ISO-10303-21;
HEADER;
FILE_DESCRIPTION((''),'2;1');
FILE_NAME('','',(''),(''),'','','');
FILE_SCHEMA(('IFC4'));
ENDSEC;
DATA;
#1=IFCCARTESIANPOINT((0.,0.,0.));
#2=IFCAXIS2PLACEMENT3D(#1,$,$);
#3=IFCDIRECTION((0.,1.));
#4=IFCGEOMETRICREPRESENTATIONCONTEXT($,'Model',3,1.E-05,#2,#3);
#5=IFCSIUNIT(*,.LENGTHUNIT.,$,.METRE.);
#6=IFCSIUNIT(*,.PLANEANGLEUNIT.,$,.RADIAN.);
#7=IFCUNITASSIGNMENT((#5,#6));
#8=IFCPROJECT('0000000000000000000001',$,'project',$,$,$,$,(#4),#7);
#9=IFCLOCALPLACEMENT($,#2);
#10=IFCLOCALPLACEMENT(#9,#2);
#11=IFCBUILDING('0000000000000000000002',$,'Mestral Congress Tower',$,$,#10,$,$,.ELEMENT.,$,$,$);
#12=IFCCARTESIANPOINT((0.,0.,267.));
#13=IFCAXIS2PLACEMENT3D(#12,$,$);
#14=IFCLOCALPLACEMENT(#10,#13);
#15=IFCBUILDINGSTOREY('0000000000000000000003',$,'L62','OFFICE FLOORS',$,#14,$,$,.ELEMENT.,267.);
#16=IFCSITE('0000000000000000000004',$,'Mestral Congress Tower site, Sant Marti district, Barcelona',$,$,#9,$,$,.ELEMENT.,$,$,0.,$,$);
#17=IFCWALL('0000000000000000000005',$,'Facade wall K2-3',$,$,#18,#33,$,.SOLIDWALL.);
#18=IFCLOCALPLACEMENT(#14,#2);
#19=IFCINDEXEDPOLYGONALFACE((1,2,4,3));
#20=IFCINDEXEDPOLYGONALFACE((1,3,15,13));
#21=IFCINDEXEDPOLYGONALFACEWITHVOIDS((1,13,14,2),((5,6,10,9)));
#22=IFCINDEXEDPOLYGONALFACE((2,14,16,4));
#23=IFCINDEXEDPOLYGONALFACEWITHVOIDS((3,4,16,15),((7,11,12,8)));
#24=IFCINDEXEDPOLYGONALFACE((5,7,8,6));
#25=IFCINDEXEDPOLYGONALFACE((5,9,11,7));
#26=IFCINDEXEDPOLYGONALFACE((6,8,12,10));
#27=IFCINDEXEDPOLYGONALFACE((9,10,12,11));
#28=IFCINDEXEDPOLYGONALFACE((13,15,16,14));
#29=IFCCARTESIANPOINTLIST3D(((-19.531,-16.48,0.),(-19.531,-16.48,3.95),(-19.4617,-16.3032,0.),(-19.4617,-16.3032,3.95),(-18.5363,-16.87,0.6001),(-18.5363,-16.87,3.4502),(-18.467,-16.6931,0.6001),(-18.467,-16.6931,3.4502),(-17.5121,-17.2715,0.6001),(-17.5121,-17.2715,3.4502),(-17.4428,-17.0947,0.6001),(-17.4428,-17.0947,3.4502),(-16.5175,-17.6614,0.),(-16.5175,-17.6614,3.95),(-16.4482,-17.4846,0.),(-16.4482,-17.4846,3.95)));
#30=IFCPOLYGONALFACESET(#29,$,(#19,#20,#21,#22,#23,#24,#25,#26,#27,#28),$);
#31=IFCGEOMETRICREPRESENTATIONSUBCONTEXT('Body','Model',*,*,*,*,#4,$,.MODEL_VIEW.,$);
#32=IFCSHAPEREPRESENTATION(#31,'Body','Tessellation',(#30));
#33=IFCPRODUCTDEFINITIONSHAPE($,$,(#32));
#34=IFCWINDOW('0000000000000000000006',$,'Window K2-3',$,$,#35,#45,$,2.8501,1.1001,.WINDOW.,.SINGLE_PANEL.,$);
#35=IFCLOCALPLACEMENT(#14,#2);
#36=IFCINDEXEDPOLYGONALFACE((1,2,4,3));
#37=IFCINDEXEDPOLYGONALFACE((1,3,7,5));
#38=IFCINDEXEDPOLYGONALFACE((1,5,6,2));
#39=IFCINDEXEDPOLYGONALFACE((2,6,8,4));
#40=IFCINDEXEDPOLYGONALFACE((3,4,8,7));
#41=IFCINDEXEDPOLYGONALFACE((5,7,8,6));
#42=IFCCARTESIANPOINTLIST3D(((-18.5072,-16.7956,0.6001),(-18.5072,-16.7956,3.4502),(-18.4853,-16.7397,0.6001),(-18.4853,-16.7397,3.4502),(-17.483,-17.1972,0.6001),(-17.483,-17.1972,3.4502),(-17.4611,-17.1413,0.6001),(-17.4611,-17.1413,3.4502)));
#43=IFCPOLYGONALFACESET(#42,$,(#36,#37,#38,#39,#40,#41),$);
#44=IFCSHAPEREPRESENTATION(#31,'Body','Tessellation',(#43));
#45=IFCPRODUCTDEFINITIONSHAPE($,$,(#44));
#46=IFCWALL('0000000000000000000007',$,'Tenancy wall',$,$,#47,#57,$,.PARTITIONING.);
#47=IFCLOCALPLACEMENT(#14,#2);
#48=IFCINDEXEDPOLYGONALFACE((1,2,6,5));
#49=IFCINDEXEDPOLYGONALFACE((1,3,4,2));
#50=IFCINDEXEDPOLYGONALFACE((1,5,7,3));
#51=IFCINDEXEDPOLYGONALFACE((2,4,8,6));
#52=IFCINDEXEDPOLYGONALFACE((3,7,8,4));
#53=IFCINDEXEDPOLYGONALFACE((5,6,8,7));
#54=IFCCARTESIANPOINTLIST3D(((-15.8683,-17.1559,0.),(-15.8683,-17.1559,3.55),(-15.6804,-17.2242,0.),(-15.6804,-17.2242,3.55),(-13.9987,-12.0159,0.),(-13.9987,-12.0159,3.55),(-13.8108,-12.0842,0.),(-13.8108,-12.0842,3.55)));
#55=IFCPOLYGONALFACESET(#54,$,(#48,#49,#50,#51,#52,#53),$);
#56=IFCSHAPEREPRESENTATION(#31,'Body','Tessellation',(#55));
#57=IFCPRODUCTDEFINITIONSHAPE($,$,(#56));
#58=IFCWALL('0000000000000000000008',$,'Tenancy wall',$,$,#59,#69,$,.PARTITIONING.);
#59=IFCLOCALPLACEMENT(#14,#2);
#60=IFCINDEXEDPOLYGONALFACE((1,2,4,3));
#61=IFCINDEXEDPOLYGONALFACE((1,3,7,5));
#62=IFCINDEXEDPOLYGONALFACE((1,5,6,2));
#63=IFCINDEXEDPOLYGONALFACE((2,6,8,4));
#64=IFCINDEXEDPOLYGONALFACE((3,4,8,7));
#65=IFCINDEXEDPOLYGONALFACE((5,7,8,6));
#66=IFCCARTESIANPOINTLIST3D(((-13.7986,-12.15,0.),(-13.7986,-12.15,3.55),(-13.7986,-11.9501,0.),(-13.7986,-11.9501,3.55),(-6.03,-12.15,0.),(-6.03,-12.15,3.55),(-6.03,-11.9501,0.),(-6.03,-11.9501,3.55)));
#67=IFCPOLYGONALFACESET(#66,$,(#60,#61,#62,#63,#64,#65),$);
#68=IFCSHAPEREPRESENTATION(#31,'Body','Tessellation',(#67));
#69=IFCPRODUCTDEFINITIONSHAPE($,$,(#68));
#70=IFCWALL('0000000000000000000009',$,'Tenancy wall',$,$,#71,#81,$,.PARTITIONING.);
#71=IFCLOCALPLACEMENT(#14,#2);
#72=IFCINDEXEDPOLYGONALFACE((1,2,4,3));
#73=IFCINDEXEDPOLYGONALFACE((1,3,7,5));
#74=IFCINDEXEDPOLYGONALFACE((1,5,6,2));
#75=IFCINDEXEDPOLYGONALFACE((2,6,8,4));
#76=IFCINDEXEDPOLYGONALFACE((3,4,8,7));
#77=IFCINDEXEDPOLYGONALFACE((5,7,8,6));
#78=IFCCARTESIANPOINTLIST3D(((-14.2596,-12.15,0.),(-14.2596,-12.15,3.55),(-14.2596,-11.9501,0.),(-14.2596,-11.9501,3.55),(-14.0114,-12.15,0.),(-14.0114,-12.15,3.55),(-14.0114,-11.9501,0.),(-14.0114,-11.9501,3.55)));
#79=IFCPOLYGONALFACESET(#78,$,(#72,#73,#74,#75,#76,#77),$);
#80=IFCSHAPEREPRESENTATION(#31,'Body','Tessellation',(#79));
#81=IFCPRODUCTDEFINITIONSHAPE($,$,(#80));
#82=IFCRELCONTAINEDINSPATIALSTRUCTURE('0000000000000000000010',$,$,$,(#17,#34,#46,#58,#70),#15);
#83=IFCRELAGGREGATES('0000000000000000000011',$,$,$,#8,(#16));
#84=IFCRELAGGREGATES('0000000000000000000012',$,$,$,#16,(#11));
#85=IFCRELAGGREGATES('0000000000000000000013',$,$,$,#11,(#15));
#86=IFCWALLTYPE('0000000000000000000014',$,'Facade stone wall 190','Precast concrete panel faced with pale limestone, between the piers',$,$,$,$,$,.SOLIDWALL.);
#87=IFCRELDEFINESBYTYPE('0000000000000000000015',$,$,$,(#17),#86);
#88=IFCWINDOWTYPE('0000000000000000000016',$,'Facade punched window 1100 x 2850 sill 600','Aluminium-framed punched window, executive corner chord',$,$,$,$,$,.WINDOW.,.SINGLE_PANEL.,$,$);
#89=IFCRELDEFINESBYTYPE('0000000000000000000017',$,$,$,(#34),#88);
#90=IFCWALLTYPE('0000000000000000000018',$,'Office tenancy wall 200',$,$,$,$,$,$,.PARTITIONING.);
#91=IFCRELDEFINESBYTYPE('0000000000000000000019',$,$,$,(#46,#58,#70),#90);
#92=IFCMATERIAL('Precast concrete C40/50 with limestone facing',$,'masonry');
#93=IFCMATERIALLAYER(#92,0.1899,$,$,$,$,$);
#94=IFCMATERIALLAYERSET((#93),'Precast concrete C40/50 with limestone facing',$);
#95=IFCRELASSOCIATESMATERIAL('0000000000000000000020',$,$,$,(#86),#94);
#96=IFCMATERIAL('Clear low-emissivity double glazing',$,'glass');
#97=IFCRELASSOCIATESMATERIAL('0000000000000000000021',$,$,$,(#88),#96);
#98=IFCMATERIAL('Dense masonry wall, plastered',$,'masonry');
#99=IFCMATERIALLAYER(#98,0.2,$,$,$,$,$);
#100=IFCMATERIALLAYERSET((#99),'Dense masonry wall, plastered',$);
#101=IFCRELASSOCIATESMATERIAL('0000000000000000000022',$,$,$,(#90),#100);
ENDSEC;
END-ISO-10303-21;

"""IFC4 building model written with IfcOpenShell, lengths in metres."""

from ifc_helpers import new_model, si_unit, direction, frame, frame_2d, origin, place, context, subcontext, project, spatial, rectangle, extrude, material, layer, layer_set, type_object, element, fill, save


model = new_model("IFC4")

# Units and contexts
model_context = context("Model", 3, precision=1e-05, world=origin(), true_north=direction((0.0, 1.0)))
body_context = subcontext(model_context, "Body", "Model", "MODEL_VIEW")
ifc_project = project(units=[si_unit("LENGTHUNIT", "METRE"), si_unit("PLANEANGLEUNIT", "RADIAN")], contexts=[model_context])

# Site, building, storey
site_placement = place(None, origin())
site = spatial("IfcSite", under=ifc_project, at=site_placement, Name="Mestral Congress Tower site, Sant Marti district, Barcelona", CompositionType="ELEMENT", RefElevation=0.0)
building_placement = place(site_placement, origin())
building = spatial("IfcBuilding", under=site, at=building_placement, Name="Mestral Congress Tower", CompositionType="ELEMENT")
storey_placement = place(building_placement, frame((0.0, 0.0, 267.0)))
storey = spatial("IfcBuildingStorey", under=building, at=storey_placement, Name="L62", Description="OFFICE FLOORS", CompositionType="ELEMENT", Elevation=267.0)

# Shared definitions
ifc_material_1 = material(Name="Precast concrete C40/50 with limestone facing", Category="masonry")
ifc_layer_1 = layer(ifc_material_1, 0.1899)
ifc_layer_set_1 = layer_set([ifc_layer_1], Name="Precast concrete C40/50 with limestone facing")
wall_type_1 = type_object("IfcWallType", Name="Facade stone wall 190", Description="Precast concrete panel faced with pale limestone, between the piers", PredefinedType="SOLIDWALL", material=ifc_layer_set_1)
ifc_material_2 = material(Name="Clear low-emissivity double glazing", Category="glass")

# Wall, opening, window
window_type_1 = type_object("IfcWindowType", Name="Facade punched window 1100 x 2850 sill 600", Description="Aluminium-framed punched window, executive corner chord", PartitioningType="SINGLE_PANEL", PredefinedType="WINDOW", material=ifc_material_2)
wall_1_placement = place(storey_placement, frame((-19.4963, -16.3916, 0.0), z_axis=(0.0, 0.0, 1.0), x_axis=(0.931009, -0.364997, 0.0)))
wall_1 = element("IfcWall", 1, at=wall_1_placement, inside=storey, type_object=wall_type_1, Name="Facade wall K2-3", PredefinedType="SOLIDWALL", context=body_context, shape_type="SweptSolid", body=[
    extrude(rectangle(XDim=3.2368, YDim=0.1899, at=frame_2d((1.6184, 0.0))), origin(), (0.0, 0.0, 1.0), 3.95),
])
opening_1_placement = place(wall_1_placement, frame((1.0684, 0.0, 0.6001)))
opening_1 = element("IfcOpeningElement", 2, at=opening_1_placement, cuts=wall_1, PredefinedType="OPENING", context=body_context, shape_type="SweptSolid", body=[
    extrude(rectangle(XDim=1.1001, YDim=2.8501, at=frame_2d((0.55, 1.425))), frame((0.0, 0.105, 0.0), z_axis=(0.0, -1.0, 0.0), x_axis=(1.0, 0.0, 0.0)), (0.0, 0.0, 1.0), 0.21),
])
window_1_placement = place(opening_1_placement, origin())
window_1 = element("IfcWindow", 3, at=window_1_placement, inside=storey, type_object=window_type_1, Name="Window K2-3", OverallHeight=2.8501, OverallWidth=1.1001, PartitioningType="SINGLE_PANEL", PredefinedType="WINDOW", context=body_context, shape_type="SweptSolid", body=[
    extrude(rectangle(XDim=1.1001, YDim=2.8501, at=frame_2d((0.55, 1.425))), frame((0.0, 0.0449, 0.0), z_axis=(0.0, -1.0, 0.0), x_axis=(1.0, 0.0, 0.0)), (0.0, 0.0, 1.0), 0.0601),
])
fill(opening_1, window_1)

# Walls
ifc_material_3 = material(Name="Dense masonry wall, plastered", Category="masonry")
ifc_layer_2 = layer(ifc_material_3, 0.2)
ifc_layer_set_2 = layer_set([ifc_layer_2], Name="Dense masonry wall, plastered")
wall_type_2 = type_object("IfcWallType", Name="Office tenancy wall 200", PredefinedType="PARTITIONING", material=ifc_layer_set_2)
wall_2_placement = place(storey_placement, frame((-15.7744, -17.1902, 0.0), z_axis=(0.0, 0.0, 1.0), x_axis=(0.341822, 0.939765, 0.0)))
element("IfcWall", 4, at=wall_2_placement, inside=storey, type_object=wall_type_2, Name="Tenancy wall", PredefinedType="PARTITIONING", context=body_context, shape_type="SweptSolid", body=[
    extrude(rectangle(XDim=5.4695, YDim=0.2, at=frame_2d((2.7349, 0.0))), origin(), (0.0, 0.0, 1.0), 3.55),
])
wall_3_placement = place(storey_placement, frame((-13.7986, -12.05, 0.0), z_axis=(0.0, 0.0, 1.0), x_axis=(1.0, 0.0, 0.0)))
element("IfcWall", 5, at=wall_3_placement, inside=storey, type_object=wall_type_2, Name="Tenancy wall", PredefinedType="PARTITIONING", context=body_context, shape_type="SweptSolid", body=[
    extrude(rectangle(XDim=7.7686, YDim=0.2, at=frame_2d((3.8843, 0.0))), origin(), (0.0, 0.0, 1.0), 3.55),
])
wall_4_placement = place(storey_placement, frame((-14.2595, -12.05, 0.0), z_axis=(0.0, 0.0, 1.0), x_axis=(1.0, 0.0, 0.0)))
element("IfcWall", 6, at=wall_4_placement, inside=storey, type_object=wall_type_2, Name="Tenancy wall", PredefinedType="PARTITIONING", context=body_context, shape_type="SweptSolid", body=[
    extrude(rectangle(XDim=0.2483, YDim=0.2, at=frame_2d((0.124, 0.0))), origin(), (0.0, 0.0, 1.0), 3.55),
])

save(model, "model.ifc")
